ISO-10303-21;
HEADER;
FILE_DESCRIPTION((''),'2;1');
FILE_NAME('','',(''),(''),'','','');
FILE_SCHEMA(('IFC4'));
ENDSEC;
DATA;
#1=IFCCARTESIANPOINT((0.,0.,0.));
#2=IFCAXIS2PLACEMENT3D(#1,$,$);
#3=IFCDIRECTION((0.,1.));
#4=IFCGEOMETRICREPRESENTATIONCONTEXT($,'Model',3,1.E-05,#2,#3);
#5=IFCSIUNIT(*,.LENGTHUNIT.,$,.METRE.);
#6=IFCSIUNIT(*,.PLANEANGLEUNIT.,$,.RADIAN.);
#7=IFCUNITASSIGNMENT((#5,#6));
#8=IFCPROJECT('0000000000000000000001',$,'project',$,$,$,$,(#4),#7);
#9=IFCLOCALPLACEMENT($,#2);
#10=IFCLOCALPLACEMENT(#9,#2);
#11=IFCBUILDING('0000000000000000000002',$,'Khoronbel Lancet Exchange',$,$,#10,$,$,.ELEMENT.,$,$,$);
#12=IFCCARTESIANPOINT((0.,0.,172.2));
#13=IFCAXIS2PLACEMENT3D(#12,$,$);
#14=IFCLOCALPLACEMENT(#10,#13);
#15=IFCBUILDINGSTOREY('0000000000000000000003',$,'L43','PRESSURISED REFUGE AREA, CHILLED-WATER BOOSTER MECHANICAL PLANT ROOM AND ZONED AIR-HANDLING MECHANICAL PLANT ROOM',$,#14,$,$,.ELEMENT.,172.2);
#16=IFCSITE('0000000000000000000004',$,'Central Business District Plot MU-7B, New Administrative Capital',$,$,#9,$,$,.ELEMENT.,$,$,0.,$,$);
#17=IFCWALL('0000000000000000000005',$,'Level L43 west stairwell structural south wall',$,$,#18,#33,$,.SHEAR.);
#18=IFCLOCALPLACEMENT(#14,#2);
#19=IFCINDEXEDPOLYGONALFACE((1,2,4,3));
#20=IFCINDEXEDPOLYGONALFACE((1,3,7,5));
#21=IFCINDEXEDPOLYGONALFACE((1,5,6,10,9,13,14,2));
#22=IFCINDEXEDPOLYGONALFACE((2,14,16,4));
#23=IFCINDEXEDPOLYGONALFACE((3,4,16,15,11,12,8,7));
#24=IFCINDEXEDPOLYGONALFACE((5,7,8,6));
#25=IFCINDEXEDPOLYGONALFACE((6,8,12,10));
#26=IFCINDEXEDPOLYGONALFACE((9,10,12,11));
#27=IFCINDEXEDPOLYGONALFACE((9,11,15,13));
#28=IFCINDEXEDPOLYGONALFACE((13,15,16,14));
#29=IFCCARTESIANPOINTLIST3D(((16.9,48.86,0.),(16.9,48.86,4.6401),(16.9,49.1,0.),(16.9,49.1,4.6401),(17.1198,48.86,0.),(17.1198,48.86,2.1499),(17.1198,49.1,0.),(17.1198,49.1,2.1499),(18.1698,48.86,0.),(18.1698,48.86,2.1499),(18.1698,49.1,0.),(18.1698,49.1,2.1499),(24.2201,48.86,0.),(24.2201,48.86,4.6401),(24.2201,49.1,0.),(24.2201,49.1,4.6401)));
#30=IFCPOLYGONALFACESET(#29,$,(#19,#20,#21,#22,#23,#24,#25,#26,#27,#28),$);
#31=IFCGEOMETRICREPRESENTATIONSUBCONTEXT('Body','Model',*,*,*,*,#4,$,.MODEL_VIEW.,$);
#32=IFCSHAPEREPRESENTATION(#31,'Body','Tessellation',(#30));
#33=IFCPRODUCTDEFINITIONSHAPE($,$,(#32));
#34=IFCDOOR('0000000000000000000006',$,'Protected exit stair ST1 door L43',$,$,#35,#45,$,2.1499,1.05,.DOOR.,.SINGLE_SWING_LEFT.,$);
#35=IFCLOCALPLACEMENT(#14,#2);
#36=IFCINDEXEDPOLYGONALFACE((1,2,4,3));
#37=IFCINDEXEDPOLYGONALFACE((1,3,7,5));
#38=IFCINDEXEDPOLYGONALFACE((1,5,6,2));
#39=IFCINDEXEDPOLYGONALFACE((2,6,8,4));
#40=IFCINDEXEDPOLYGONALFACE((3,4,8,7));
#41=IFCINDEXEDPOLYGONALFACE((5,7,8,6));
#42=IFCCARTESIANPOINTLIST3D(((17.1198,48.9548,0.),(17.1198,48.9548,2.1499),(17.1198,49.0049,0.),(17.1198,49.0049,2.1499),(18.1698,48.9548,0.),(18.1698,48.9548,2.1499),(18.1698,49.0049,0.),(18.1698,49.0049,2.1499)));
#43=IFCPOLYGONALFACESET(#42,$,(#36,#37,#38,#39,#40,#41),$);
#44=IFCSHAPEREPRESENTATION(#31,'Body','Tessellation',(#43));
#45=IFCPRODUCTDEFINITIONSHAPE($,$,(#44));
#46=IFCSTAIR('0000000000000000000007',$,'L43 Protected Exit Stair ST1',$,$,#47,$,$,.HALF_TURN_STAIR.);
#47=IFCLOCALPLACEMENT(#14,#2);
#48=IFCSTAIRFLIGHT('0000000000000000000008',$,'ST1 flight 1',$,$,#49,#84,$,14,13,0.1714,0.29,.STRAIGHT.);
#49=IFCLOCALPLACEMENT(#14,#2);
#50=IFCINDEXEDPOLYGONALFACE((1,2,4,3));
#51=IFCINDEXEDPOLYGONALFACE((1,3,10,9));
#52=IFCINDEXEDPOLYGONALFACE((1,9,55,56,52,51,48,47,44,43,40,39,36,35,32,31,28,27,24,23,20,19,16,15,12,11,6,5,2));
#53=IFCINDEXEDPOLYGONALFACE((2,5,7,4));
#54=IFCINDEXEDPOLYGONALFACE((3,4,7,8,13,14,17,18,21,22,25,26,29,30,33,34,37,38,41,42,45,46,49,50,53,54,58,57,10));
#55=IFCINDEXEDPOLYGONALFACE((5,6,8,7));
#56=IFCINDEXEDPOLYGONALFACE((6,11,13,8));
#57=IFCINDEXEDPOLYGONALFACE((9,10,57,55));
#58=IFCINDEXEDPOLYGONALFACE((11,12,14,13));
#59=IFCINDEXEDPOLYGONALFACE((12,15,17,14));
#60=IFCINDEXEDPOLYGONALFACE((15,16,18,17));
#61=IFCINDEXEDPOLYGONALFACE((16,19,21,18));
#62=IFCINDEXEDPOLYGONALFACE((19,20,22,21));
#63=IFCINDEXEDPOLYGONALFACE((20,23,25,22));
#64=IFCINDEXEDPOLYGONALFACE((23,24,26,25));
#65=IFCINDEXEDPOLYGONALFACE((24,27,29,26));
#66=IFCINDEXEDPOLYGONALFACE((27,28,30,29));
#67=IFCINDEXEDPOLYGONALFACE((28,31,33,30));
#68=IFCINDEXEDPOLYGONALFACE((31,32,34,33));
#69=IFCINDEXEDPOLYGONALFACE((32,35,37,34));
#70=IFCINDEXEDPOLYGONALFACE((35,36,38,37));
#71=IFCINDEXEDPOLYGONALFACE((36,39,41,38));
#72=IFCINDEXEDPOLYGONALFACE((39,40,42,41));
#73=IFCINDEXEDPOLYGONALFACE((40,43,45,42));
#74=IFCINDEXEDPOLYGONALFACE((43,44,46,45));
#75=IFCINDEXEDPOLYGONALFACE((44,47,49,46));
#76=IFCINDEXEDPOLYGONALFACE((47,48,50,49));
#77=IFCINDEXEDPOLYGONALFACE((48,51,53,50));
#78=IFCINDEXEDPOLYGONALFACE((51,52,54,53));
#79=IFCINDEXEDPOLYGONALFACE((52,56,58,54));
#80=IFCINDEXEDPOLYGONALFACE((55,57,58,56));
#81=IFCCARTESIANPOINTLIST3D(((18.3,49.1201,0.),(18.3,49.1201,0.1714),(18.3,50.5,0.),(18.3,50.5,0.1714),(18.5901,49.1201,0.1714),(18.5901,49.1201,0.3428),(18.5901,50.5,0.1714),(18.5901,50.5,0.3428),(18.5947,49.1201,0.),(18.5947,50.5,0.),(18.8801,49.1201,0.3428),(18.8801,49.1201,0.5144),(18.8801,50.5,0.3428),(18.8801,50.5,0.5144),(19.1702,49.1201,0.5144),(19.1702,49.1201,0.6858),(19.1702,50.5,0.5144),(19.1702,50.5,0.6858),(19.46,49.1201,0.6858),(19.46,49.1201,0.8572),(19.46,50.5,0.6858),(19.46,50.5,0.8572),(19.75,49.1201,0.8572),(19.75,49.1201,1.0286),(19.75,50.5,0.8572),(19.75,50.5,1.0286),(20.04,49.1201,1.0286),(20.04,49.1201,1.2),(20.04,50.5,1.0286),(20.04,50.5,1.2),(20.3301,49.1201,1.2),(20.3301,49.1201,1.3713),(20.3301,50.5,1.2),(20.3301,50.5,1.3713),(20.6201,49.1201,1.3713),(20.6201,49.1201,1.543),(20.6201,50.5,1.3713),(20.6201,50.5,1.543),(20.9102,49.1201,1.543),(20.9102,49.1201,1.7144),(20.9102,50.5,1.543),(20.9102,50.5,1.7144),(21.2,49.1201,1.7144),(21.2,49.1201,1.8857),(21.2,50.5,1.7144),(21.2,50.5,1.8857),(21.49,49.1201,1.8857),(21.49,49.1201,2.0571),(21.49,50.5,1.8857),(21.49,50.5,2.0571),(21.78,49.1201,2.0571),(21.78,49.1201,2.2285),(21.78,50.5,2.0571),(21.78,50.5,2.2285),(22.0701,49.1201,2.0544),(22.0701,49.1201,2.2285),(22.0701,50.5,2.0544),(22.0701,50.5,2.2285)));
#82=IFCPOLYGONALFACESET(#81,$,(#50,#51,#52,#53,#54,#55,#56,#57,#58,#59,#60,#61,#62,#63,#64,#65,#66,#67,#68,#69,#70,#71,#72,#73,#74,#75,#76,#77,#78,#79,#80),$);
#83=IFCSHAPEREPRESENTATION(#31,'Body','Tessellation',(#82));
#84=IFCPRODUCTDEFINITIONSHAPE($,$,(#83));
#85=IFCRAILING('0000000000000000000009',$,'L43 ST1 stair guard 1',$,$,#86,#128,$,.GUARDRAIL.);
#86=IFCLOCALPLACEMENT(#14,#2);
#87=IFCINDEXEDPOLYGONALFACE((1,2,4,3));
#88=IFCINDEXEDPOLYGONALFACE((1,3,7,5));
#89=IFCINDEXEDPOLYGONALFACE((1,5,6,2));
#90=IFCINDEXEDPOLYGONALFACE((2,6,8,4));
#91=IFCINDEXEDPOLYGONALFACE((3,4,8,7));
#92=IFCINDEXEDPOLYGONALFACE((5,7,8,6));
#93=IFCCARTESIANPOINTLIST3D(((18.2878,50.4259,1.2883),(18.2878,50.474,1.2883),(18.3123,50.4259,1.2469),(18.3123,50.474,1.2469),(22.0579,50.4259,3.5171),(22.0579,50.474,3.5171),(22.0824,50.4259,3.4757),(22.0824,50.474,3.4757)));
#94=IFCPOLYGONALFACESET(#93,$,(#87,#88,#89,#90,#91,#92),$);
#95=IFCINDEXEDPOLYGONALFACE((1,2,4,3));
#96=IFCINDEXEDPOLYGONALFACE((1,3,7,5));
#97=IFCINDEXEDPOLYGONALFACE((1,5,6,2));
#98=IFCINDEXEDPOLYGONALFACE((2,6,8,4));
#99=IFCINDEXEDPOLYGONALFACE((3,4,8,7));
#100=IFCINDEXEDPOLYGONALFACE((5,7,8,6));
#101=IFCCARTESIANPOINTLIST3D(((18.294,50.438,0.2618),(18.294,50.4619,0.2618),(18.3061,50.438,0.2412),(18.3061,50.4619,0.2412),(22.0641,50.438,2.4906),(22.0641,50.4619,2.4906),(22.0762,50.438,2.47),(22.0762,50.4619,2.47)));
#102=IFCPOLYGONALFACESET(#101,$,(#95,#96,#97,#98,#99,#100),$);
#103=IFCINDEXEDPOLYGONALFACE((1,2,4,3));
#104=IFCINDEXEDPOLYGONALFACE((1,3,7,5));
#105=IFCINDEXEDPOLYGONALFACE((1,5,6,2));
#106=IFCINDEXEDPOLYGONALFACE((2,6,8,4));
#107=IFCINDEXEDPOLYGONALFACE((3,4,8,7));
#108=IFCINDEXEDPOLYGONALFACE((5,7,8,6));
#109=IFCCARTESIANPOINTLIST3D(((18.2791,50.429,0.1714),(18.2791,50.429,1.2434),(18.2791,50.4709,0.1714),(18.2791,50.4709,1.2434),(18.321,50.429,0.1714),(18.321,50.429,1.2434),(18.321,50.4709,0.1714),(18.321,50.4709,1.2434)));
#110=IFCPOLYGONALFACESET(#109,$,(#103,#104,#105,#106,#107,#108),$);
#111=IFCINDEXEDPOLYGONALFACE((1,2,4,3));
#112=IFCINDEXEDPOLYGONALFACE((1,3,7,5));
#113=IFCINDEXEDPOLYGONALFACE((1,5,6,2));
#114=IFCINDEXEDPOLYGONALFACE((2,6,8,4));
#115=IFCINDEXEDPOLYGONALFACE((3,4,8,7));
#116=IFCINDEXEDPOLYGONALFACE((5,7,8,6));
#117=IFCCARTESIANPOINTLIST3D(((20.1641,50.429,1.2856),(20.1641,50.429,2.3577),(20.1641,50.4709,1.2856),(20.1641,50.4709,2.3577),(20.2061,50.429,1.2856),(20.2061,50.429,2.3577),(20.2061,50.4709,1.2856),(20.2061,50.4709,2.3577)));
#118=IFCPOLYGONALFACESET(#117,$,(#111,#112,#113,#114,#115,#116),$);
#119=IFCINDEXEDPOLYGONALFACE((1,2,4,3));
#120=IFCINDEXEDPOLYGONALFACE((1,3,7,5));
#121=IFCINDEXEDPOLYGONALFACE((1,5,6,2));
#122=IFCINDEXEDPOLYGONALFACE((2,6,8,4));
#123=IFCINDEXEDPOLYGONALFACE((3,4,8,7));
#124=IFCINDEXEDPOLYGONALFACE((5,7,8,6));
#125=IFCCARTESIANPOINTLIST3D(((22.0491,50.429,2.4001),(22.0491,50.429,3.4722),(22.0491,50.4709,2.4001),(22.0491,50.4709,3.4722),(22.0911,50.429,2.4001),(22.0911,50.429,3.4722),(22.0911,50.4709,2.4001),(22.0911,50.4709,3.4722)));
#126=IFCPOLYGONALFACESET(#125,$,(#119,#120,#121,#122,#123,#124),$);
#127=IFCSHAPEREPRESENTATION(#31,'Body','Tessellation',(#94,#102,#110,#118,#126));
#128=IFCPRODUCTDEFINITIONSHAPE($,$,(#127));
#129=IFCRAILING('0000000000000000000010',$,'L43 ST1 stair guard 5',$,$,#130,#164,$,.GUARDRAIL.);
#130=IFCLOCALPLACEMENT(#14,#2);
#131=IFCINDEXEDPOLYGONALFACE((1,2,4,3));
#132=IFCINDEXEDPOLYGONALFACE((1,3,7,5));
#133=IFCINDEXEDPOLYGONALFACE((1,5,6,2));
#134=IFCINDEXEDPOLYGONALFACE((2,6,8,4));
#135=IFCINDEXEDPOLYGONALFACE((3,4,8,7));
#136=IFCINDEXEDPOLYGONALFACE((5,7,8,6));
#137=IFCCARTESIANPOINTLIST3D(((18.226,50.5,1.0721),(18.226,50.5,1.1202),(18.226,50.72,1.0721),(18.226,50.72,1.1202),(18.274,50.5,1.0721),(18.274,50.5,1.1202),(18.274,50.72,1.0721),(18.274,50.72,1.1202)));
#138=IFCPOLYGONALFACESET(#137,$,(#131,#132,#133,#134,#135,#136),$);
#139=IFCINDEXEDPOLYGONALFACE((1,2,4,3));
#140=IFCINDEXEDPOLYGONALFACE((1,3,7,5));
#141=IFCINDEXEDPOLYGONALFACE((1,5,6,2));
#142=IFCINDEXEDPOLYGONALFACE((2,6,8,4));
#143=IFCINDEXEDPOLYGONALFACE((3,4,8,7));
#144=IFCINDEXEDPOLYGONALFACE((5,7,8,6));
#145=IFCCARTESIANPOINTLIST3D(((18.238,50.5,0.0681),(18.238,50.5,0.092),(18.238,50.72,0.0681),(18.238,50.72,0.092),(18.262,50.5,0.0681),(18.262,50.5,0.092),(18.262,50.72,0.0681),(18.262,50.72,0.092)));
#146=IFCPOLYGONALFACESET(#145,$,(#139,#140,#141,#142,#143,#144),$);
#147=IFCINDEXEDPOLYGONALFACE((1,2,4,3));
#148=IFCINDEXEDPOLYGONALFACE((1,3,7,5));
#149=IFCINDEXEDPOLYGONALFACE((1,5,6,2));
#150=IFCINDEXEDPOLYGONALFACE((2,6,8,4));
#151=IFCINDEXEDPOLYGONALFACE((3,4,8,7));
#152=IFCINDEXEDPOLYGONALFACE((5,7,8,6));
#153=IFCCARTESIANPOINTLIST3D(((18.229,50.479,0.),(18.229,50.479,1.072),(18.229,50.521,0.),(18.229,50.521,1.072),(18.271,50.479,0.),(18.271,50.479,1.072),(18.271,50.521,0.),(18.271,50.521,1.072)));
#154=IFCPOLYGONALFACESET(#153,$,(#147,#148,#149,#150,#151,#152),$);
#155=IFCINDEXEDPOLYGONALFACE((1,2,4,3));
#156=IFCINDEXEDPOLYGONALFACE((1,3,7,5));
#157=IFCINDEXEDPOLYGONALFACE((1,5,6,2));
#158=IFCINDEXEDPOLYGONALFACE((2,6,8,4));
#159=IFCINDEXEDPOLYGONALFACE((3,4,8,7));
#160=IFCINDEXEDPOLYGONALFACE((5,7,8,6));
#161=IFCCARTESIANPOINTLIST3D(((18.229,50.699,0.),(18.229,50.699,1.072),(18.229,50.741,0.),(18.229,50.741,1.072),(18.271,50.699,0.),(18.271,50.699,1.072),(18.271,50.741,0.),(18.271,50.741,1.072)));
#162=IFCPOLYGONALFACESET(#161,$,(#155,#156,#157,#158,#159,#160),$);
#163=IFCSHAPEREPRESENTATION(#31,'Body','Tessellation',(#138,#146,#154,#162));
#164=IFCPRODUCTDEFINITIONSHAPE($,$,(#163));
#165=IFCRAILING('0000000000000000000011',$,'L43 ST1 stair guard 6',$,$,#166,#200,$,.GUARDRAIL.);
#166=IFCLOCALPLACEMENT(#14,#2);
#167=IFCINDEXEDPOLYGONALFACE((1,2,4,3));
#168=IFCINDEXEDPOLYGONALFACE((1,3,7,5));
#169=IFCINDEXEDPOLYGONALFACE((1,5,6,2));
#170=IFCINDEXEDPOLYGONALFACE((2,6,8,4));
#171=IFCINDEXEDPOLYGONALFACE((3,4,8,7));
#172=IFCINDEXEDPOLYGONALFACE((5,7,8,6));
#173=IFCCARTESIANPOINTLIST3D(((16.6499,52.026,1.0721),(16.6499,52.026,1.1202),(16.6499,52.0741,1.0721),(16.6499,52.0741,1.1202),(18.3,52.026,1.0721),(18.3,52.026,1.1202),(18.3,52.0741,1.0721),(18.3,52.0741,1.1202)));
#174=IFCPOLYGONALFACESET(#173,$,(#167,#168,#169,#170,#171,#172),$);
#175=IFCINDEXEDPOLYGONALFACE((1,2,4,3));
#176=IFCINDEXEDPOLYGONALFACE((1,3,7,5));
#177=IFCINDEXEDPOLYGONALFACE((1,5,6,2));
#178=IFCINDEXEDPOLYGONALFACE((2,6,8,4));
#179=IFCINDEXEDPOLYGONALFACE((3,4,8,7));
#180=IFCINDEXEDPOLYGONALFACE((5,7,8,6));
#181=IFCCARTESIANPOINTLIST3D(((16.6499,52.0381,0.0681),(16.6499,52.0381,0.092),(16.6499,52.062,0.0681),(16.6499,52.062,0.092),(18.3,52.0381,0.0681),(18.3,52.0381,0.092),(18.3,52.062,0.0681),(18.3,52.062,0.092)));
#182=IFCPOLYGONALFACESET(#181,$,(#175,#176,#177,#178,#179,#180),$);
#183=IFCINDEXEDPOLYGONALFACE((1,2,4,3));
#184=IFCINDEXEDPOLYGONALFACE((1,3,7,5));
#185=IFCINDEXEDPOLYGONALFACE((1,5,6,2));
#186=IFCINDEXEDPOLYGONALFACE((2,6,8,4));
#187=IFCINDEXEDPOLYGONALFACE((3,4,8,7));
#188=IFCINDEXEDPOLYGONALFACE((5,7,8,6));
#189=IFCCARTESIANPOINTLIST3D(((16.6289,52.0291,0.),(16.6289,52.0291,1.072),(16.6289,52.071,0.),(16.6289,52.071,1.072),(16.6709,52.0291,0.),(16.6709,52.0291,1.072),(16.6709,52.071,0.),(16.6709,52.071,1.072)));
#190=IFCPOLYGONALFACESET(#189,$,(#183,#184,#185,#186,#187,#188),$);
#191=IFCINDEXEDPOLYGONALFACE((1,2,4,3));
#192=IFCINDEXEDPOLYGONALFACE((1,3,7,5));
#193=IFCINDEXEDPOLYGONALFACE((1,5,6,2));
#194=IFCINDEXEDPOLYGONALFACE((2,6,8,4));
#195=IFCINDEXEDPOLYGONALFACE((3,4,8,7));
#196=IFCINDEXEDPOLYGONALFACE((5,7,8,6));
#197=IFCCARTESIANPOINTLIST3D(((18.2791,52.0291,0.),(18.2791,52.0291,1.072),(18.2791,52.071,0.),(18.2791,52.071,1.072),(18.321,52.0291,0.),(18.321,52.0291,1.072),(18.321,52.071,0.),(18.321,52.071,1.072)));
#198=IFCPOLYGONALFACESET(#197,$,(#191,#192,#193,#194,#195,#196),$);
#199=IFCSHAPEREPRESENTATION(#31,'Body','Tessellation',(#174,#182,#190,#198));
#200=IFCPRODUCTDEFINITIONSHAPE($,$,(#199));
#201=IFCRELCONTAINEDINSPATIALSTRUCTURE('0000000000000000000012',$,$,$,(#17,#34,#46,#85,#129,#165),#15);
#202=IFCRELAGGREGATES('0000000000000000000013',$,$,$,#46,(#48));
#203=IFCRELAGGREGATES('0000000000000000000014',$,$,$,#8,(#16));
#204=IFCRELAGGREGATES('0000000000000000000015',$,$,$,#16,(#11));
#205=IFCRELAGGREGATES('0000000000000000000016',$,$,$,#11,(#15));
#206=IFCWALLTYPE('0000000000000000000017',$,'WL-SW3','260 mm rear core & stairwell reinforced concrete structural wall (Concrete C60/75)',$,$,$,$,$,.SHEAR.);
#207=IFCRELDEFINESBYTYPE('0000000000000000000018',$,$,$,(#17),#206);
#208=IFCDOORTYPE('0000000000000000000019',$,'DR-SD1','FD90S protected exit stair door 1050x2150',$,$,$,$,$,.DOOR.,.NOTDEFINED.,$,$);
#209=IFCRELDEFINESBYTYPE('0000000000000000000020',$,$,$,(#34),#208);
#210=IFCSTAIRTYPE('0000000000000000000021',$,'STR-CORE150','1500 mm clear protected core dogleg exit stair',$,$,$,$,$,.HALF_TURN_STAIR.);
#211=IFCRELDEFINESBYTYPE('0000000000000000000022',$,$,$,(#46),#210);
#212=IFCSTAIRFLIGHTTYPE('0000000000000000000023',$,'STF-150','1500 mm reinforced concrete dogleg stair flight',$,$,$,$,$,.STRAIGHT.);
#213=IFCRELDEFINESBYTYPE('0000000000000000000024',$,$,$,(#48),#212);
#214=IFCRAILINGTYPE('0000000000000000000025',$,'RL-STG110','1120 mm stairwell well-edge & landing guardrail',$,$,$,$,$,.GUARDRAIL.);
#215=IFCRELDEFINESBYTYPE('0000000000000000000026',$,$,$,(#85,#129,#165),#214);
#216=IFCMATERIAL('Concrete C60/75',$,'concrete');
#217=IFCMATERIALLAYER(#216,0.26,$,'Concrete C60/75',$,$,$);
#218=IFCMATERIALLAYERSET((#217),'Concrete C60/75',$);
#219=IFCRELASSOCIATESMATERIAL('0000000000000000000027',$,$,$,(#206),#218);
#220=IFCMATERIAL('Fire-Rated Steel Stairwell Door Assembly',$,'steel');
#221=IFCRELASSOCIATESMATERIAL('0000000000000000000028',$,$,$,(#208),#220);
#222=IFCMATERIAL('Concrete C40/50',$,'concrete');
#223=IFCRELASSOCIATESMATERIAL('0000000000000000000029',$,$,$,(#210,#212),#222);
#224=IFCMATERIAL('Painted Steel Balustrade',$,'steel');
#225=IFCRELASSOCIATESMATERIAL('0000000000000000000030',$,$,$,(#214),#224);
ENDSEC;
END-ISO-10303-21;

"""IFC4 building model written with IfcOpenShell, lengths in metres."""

from ifc_helpers import new_model, si_unit, direction, frame, frame_2d, origin, origin_2d, place, context, subcontext, project, spatial, polyline, rectangle, outline, extrude, material, layer, layer_set, type_object, element, fill, aggregate, save


model = new_model("IFC4")

# Units and contexts
model_context = context("Model", 3, precision=1e-05, world=origin(), true_north=direction((0.0, 1.0)))
body_context = subcontext(model_context, "Body", "Model", "MODEL_VIEW")
ifc_project = project(units=[si_unit("LENGTHUNIT", "METRE"), si_unit("PLANEANGLEUNIT", "RADIAN")], contexts=[model_context])

# Site, building, storey
site_placement = place(None, origin())
site = spatial("IfcSite", under=ifc_project, at=site_placement, Name="Central Business District Plot MU-7B, New Administrative Capital", CompositionType="ELEMENT", RefElevation=0.0)
building_placement = place(site_placement, origin())
building = spatial("IfcBuilding", under=site, at=building_placement, Name="Khoronbel Lancet Exchange", CompositionType="ELEMENT")
storey_placement = place(building_placement, frame((0.0, 0.0, 172.2)))
storey = spatial("IfcBuildingStorey", under=building, at=storey_placement, Name="L43", Description="PRESSURISED REFUGE AREA, CHILLED-WATER BOOSTER MECHANICAL PLANT ROOM AND ZONED AIR-HANDLING MECHANICAL PLANT ROOM", CompositionType="ELEMENT", Elevation=172.2)

# Wall, opening, door
ifc_material_1 = material(Name="Concrete C60/75", Category="concrete")
ifc_layer_1 = layer(ifc_material_1, 0.26, Name="Concrete C60/75")
ifc_layer_set_1 = layer_set([ifc_layer_1], Name="Concrete C60/75")
wall_type_1 = type_object("IfcWallType", Name="WL-SW3", Description="260 mm rear core & stairwell reinforced concrete structural wall (Concrete C60/75)", PredefinedType="SHEAR", material=ifc_layer_set_1)
wall_1_placement = place(storey_placement, frame((16.8999, 48.98, 0.0), z_axis=(0.0, 0.0, 1.0), x_axis=(1.0, 0.0, 0.0)))
wall_1 = element("IfcWall", 1, at=wall_1_placement, inside=storey, type_object=wall_type_1, Name="Level L43 west stairwell structural south wall", PredefinedType="SHEAR", context=body_context, shape_type="SweptSolid", body=[
    extrude(rectangle(XDim=7.3201, YDim=0.24, at=frame_2d((3.6602, 0.0))), origin(), (0.0, 0.0, 1.0), 4.6401),
])
opening_1_placement = place(wall_1_placement, frame((0.22, 0.0, 0.0)))
opening_1 = element("IfcOpeningElement", 2, at=opening_1_placement, cuts=wall_1, PredefinedType="OPENING", context=body_context, shape_type="SweptSolid", body=[
    extrude(rectangle(XDim=1.05, YDim=2.1499, at=frame_2d((0.5249, 1.075))), frame((0.0, 0.1299, 0.0), z_axis=(0.0, -1.0, 0.0), x_axis=(1.0, 0.0, 0.0)), (0.0, 0.0, 1.0), 0.26),
])
ifc_material_2 = material(Name="Fire-Rated Steel Stairwell Door Assembly", Category="steel")
door_type_1 = type_object("IfcDoorType", Name="DR-SD1", Description="FD90S protected exit stair door 1050x2150", OperationType="NOTDEFINED", PredefinedType="DOOR", material=ifc_material_2)
door_1_placement = place(opening_1_placement, origin())
door_1 = element("IfcDoor", 3, at=door_1_placement, inside=storey, type_object=door_type_1, Name="Protected exit stair ST1 door L43", OperationType="SINGLE_SWING_LEFT", OverallHeight=2.1499, OverallWidth=1.05, PredefinedType="DOOR", context=body_context, shape_type="SweptSolid", body=[
    extrude(rectangle(XDim=1.05, YDim=2.1499, at=frame_2d((0.5249, 1.075))), frame((0.0, 0.0249, 0.0), z_axis=(0.0, -1.0, 0.0), x_axis=(1.0, 0.0, 0.0)), (0.0, 0.0, 1.0), 0.05),
])
fill(opening_1, door_1)

# Stair, stair flight
ifc_material_3 = material(Name="Concrete C40/50", Category="concrete")
stair_type = type_object("IfcStairType", Name="STR-CORE150", Description="1500 mm clear protected core dogleg exit stair", PredefinedType="HALF_TURN_STAIR", material=ifc_material_3)
stair_placement = place(storey_placement, origin())
stair = element("IfcStair", 4, at=stair_placement, inside=storey, type_object=stair_type, Name="L43 Protected Exit Stair ST1", PredefinedType="HALF_TURN_STAIR")
stair_flight_type = type_object("IfcStairFlightType", Name="STF-150", Description="1500 mm reinforced concrete dogleg stair flight", PredefinedType="STRAIGHT", material=ifc_material_3)
stair_flight_placement = place(storey_placement, frame((18.3, 49.8101, 0.0), z_axis=(0.0, 0.0, 1.0), x_axis=(1.0, 0.0, 0.0)))
stair_flight = element("IfcStairFlight", 5, at=stair_flight_placement, type_object=stair_flight_type, Name="ST1 flight 1", NumberOfRisers=14, NumberOfTreads=13, PredefinedType="STRAIGHT", RiserHeight=0.1714, TreadLength=0.29, context=body_context, shape_type="SweptSolid", body=[
    extrude(outline(polyline([(0.0, 0.0), (0.0, 0.1714), (0.29, 0.1714), (0.29, 0.3428), (0.5801, 0.3428), (0.5801, 0.5144), (0.8701, 0.5144), (0.8701, 0.6858), (1.1599, 0.6858), (1.1599, 0.8572), (1.45, 0.8572), (1.45, 1.0286), (1.74, 1.0286), (1.74, 1.2), (2.03, 1.2), (2.03, 1.3713), (2.3201, 1.3713), (2.3201, 1.543), (2.6101, 1.543), (2.6101, 1.7144), (2.8999, 1.7144), (2.8999, 1.8857), (3.1899, 1.8857), (3.1899, 2.0571), (3.48, 2.0571), (3.48, 2.2285), (3.77, 2.2285), (3.77, 2.3999), (3.77, 2.0544), (0.2947, 0.0), (0.0, 0.0)])), frame((0.0, 0.6899, 0.0), z_axis=(0.0, -1.0, 0.0), x_axis=(1.0, 0.0, 0.0)), (0.0, 0.0, 1.0), 1.3799),
])
aggregate(stair, [stair_flight])

# Railings
ifc_material_4 = material(Name="Painted Steel Balustrade", Category="steel")
railing_type_1 = type_object("IfcRailingType", Name="RL-STG110", Description="1120 mm stairwell well-edge & landing guardrail", PredefinedType="GUARDRAIL", material=ifc_material_4)
railing_1_placement = place(storey_placement, frame((18.3, 50.45, 0.1714)))
element("IfcRailing", 6, at=railing_1_placement, inside=storey, type_object=railing_type_1, Name="L43 ST1 stair guard 1", PredefinedType="GUARDRAIL", context=body_context, shape_type="SweptSolid", body=[
    extrude(rectangle(XDim=0.0481, YDim=0.0481, at=origin_2d()), frame((0.0, 0.0, 1.0962), z_axis=(0.860824, 0.0, 0.508902), x_axis=(0.0, 1.0, 0.0)), (0.0, 0.0, 1.0), 4.3796),
    extrude(rectangle(XDim=0.0239, YDim=0.0239, at=origin_2d()), frame((0.0, 0.0, 0.0801), z_axis=(0.860824, 0.0, 0.508902), x_axis=(0.0, 1.0, 0.0)), (0.0, 0.0, 1.0), 4.3796),
    extrude(rectangle(XDim=0.042, YDim=0.042, at=origin_2d()), origin(), (0.0, 0.0, 1.0), 1.072),
    extrude(rectangle(XDim=0.042, YDim=0.042, at=origin_2d()), frame((1.885, 0.0, 1.1143)), (0.0, 0.0, 1.0), 1.072),
    extrude(rectangle(XDim=0.042, YDim=0.042, at=origin_2d()), frame((3.77, 0.0, 2.2288)), (0.0, 0.0, 1.0), 1.072),
])
railing_2_placement = place(storey_placement, frame((18.25, 50.5, 0.0)))
element("IfcRailing", 7, at=railing_2_placement, inside=storey, type_object=railing_type_1, Name="L43 ST1 stair guard 5", PredefinedType="GUARDRAIL", context=body_context, shape_type="SweptSolid", body=[
    extrude(rectangle(XDim=0.0481, YDim=0.0481, at=origin_2d()), frame((0.0, 0.0, 1.0962), z_axis=(0.0, 1.0, 0.0), x_axis=(-1.0, 0.0, 0.0)), (0.0, 0.0, 1.0), 0.22),
    extrude(rectangle(XDim=0.0239, YDim=0.0239, at=origin_2d()), frame((0.0, 0.0, 0.0801), z_axis=(0.0, 1.0, 0.0), x_axis=(-1.0, 0.0, 0.0)), (0.0, 0.0, 1.0), 0.22),
    extrude(rectangle(XDim=0.042, YDim=0.042, at=origin_2d()), origin(), (0.0, 0.0, 1.0), 1.072),
    extrude(rectangle(XDim=0.042, YDim=0.042, at=origin_2d()), frame((0.0, 0.22, 0.0)), (0.0, 0.0, 1.0), 1.072),
])
railing_3_placement = place(storey_placement, frame((16.6499, 52.05, 0.0)))
element("IfcRailing", 8, at=railing_3_placement, inside=storey, type_object=railing_type_1, Name="L43 ST1 stair guard 6", PredefinedType="GUARDRAIL", context=body_context, shape_type="SweptSolid", body=[
    extrude(rectangle(XDim=0.0481, YDim=0.0481, at=origin_2d()), frame((0.0, 0.0, 1.0962), z_axis=(1.0, 0.0, 0.0), x_axis=(0.0, 1.0, 0.0)), (0.0, 0.0, 1.0), 1.6501),
    extrude(rectangle(XDim=0.0239, YDim=0.0239, at=origin_2d()), frame((0.0, 0.0, 0.0801), z_axis=(1.0, 0.0, 0.0), x_axis=(0.0, 1.0, 0.0)), (0.0, 0.0, 1.0), 1.6501),
    extrude(rectangle(XDim=0.042, YDim=0.042, at=origin_2d()), origin(), (0.0, 0.0, 1.0), 1.072),
    extrude(rectangle(XDim=0.042, YDim=0.042, at=origin_2d()), frame((1.6501, 0.0, 0.0)), (0.0, 0.0, 1.0), 1.072),
])

save(model, "model.ifc")
